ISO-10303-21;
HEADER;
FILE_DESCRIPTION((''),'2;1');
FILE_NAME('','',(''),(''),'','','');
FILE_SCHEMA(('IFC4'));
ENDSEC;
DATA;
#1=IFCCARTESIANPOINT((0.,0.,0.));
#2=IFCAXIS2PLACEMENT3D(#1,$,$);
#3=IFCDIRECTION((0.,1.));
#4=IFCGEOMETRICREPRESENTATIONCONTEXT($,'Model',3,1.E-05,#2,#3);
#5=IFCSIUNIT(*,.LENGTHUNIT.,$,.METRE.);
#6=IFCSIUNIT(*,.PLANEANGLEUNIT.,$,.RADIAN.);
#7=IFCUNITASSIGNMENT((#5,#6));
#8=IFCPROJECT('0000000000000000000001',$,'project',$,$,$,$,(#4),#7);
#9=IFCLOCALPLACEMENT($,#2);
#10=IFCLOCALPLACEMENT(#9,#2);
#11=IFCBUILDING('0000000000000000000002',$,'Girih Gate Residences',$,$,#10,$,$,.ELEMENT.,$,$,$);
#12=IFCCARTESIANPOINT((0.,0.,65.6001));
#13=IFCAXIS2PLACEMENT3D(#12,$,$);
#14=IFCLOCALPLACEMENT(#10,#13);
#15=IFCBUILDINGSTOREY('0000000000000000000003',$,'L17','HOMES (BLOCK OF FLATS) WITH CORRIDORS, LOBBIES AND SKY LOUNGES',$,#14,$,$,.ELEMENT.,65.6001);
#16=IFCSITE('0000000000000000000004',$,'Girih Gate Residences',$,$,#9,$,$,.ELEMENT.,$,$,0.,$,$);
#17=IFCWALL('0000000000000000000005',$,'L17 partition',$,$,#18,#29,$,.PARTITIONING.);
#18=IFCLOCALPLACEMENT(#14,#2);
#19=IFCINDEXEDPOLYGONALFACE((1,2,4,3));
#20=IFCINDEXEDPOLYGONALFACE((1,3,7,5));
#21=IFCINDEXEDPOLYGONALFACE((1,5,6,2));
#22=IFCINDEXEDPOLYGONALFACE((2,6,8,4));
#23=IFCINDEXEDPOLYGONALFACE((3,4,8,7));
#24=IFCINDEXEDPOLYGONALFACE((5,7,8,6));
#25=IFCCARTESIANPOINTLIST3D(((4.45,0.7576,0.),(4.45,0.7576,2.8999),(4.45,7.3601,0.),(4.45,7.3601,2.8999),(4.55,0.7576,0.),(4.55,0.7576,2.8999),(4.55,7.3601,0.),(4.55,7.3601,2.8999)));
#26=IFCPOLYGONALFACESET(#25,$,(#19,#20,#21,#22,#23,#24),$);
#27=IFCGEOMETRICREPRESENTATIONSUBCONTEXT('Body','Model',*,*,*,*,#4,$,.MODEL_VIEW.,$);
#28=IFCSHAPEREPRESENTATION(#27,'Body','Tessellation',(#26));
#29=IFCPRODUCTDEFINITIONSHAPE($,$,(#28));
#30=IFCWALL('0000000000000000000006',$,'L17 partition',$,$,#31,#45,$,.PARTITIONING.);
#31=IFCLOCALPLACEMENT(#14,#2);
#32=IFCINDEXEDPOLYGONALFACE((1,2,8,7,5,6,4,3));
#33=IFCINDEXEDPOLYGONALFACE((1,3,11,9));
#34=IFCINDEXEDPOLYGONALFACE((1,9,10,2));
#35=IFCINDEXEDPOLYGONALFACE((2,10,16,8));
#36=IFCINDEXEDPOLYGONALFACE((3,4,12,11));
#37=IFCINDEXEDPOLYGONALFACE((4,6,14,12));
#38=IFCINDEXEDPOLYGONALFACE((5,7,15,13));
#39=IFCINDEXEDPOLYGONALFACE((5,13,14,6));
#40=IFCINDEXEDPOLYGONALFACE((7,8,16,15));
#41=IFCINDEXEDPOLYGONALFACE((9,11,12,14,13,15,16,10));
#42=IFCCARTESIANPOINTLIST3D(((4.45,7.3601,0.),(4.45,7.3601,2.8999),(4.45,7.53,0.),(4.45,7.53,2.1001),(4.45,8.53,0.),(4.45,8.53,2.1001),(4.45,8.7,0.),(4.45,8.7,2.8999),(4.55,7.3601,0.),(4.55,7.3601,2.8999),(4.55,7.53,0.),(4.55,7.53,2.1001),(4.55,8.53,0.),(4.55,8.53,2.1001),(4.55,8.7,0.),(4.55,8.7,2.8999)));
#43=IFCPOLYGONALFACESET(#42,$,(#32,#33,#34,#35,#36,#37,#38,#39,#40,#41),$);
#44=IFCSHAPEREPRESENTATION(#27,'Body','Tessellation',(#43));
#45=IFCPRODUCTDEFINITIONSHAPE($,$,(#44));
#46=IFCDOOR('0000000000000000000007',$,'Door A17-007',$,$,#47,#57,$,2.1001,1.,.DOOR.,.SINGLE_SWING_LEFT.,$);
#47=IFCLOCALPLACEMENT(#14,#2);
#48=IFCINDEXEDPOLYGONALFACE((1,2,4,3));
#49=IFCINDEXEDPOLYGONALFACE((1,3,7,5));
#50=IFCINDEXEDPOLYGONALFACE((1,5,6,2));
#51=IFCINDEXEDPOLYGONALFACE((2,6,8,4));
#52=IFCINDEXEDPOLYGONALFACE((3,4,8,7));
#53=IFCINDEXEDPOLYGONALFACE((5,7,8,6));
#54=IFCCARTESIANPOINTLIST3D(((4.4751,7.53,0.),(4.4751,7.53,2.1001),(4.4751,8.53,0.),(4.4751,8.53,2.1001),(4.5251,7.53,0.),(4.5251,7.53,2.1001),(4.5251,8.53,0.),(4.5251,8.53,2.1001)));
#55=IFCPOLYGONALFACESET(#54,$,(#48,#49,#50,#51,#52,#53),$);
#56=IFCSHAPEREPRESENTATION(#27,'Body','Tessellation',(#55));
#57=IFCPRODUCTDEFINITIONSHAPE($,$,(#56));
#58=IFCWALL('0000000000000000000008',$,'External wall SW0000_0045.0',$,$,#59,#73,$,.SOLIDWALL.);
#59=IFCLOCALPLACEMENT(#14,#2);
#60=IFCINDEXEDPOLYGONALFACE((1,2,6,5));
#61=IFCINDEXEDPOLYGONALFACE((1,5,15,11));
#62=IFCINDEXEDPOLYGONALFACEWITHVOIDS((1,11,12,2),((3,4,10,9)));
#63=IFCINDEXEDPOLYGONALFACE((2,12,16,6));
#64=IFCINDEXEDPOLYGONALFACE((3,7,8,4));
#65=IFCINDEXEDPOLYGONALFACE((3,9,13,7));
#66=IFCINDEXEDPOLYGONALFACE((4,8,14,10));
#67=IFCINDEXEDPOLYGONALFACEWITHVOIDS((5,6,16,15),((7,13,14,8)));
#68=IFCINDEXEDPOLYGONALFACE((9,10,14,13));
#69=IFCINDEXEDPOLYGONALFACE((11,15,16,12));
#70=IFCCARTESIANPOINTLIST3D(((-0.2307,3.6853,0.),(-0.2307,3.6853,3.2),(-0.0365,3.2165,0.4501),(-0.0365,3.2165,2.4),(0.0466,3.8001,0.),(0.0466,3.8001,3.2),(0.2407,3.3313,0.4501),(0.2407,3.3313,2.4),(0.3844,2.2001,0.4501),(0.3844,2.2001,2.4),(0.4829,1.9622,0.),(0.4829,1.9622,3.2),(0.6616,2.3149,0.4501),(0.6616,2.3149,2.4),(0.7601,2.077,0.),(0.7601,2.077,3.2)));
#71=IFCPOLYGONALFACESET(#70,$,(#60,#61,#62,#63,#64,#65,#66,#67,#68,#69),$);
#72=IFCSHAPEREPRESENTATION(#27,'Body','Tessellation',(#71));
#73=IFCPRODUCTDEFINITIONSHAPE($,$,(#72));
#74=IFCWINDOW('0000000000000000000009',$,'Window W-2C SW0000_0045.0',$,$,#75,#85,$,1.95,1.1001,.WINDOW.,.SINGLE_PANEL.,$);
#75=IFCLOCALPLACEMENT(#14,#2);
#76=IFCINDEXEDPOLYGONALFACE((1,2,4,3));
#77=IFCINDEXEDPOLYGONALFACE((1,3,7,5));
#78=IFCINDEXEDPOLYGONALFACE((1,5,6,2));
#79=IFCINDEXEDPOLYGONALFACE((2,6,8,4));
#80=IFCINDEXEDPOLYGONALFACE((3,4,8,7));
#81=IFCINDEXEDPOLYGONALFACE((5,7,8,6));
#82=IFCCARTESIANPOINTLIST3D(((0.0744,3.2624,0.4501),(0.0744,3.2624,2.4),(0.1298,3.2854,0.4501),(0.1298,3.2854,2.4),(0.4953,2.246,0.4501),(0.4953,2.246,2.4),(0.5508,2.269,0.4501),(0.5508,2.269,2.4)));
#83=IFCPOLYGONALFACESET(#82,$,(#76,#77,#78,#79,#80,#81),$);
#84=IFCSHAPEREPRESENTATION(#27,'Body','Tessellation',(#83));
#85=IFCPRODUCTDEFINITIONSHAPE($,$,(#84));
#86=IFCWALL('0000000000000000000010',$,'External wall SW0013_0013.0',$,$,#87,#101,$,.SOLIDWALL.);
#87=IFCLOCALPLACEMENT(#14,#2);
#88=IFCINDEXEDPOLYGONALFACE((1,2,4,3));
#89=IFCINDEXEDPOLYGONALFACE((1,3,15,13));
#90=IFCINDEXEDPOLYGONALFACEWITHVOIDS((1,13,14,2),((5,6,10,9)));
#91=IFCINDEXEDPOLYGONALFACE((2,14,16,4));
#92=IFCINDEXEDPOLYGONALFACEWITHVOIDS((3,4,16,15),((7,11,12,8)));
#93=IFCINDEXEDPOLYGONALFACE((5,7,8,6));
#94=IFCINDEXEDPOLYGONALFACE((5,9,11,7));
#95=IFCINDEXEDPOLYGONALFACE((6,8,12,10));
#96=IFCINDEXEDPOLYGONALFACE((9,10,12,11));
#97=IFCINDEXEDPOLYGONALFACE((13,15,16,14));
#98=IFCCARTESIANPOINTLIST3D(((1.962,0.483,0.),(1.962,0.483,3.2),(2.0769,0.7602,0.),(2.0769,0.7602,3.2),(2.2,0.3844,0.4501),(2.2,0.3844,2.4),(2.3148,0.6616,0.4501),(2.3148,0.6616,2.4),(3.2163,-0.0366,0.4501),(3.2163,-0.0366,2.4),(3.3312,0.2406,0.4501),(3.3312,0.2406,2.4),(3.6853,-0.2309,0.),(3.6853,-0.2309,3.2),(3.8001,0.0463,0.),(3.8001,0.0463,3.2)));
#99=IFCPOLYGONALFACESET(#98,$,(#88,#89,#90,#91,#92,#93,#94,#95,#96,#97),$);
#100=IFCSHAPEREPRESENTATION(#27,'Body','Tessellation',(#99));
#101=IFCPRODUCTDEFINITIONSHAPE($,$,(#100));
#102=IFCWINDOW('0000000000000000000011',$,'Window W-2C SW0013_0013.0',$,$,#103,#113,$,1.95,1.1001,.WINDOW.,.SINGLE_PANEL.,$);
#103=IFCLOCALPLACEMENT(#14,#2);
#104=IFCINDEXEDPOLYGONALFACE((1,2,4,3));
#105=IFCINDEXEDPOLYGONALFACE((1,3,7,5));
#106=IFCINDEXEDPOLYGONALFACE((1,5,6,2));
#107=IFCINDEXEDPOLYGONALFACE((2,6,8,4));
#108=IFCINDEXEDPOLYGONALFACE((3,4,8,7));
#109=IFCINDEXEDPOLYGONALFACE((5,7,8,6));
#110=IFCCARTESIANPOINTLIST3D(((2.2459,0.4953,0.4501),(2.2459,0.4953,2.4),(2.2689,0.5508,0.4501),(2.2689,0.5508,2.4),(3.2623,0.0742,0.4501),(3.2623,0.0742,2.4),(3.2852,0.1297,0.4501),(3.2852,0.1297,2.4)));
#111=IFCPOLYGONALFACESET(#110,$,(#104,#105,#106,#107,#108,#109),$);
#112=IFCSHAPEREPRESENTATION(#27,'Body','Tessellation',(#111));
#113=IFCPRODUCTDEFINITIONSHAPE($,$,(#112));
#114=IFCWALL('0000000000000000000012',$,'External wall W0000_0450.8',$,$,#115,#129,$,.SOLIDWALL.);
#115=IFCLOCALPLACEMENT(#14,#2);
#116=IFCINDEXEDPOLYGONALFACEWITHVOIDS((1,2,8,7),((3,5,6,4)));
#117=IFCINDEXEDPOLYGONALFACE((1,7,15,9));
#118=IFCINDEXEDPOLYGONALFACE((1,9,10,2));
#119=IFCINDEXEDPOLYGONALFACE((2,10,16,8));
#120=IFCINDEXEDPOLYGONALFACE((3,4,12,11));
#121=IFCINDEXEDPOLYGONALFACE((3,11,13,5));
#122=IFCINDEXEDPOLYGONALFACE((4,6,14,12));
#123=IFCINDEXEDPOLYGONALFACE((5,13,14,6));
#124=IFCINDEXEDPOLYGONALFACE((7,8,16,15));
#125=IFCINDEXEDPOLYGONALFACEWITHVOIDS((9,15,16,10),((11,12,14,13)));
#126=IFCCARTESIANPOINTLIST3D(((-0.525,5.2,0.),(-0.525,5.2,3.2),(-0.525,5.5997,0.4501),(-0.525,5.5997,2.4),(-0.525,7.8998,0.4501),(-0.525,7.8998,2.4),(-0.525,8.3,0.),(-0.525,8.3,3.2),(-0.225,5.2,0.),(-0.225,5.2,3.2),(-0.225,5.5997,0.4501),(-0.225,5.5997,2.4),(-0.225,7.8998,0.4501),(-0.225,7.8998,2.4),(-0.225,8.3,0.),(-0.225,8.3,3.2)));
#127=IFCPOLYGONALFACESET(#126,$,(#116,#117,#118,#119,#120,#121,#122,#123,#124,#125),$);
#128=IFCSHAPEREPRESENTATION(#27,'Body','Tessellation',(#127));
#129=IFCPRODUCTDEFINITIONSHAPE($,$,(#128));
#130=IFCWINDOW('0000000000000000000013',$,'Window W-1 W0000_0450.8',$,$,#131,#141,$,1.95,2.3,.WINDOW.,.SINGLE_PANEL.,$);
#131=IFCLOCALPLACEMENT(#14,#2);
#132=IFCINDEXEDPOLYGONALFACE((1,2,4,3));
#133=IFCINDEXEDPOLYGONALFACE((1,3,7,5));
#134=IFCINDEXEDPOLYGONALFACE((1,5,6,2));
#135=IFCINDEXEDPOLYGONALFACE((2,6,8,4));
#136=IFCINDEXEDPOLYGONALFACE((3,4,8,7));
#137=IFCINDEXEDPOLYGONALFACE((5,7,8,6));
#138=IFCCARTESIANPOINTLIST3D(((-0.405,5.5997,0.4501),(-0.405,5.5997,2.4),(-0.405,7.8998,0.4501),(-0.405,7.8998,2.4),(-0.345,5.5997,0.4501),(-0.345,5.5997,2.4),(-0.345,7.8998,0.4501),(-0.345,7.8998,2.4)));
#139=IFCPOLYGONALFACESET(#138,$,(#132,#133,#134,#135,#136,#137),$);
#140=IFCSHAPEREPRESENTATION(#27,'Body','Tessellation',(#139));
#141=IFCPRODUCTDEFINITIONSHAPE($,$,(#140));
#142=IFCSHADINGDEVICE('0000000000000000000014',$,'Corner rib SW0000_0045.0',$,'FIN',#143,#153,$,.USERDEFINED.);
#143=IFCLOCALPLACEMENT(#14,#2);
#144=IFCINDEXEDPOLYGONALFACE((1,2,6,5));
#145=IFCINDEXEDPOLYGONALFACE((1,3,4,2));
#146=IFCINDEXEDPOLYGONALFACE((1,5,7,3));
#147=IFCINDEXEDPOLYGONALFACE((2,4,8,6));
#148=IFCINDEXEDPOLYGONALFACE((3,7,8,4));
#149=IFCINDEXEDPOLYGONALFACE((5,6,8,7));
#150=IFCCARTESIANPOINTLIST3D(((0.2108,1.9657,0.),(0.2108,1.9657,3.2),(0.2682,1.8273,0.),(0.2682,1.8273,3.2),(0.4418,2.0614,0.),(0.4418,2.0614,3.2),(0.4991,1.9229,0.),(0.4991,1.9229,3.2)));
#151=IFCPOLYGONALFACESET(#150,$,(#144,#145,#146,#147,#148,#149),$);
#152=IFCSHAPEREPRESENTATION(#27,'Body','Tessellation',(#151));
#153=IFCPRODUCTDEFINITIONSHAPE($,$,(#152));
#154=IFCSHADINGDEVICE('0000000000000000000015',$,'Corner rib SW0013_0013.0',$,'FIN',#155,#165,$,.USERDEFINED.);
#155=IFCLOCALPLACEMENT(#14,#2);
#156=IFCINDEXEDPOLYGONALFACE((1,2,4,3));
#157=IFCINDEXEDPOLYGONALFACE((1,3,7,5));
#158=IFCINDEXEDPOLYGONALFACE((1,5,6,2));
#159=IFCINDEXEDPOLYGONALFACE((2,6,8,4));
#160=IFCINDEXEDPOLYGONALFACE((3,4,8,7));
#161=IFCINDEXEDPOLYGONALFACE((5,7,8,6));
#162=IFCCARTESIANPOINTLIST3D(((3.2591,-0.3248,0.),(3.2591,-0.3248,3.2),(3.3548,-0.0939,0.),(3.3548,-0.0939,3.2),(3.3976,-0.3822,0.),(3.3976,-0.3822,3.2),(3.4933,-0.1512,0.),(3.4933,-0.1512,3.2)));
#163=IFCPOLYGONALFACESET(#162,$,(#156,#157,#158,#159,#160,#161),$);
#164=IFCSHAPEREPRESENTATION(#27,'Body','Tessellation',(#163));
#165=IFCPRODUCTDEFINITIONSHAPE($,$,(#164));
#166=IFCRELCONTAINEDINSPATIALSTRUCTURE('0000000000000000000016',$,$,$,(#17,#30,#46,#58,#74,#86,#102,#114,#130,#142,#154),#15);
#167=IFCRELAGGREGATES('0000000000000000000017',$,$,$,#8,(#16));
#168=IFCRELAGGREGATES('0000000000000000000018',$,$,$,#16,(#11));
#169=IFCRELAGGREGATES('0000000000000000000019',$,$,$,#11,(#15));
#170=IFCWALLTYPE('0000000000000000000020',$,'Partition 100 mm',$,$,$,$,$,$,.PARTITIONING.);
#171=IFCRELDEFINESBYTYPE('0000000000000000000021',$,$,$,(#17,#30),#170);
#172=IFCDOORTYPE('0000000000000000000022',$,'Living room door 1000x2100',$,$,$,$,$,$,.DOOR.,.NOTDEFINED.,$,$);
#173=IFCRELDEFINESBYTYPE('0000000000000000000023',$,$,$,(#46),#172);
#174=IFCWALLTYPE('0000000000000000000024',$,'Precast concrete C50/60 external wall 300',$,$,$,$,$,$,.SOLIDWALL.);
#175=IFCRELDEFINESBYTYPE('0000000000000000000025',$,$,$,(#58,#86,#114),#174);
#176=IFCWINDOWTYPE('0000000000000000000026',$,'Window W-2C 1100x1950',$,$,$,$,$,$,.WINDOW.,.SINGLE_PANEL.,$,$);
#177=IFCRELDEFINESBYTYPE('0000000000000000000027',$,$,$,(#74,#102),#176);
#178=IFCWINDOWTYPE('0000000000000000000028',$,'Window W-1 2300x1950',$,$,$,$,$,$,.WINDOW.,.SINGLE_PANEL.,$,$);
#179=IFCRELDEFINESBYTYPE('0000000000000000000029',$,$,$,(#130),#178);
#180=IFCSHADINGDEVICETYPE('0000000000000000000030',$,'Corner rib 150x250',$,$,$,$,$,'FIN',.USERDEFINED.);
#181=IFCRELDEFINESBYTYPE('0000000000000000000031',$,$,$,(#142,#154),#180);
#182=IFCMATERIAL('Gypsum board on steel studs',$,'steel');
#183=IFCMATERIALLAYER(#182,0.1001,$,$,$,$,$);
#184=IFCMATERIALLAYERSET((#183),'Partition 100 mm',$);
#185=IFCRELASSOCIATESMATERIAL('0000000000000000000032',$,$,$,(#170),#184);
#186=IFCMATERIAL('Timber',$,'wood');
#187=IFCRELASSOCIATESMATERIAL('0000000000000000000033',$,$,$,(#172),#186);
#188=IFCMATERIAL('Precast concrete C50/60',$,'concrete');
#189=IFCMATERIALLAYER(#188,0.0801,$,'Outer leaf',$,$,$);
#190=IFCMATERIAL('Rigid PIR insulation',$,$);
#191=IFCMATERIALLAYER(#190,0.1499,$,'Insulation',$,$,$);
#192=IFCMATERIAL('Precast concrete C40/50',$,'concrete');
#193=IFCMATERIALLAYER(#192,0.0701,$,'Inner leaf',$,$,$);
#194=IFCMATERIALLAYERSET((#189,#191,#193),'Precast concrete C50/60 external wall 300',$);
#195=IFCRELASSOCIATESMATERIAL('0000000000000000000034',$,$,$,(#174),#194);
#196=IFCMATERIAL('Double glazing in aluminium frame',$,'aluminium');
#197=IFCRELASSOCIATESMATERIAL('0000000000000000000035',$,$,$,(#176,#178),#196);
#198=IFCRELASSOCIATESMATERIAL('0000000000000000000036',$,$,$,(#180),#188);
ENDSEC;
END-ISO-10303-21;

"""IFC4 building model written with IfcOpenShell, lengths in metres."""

from ifc_helpers import new_model, si_unit, direction, frame, frame_2d, origin, origin_2d, place, context, subcontext, project, spatial, rectangle, extrude, material, layer, layer_set, type_object, element, fill, save


model = new_model("IFC4")

# Units and contexts
model_context = context("Model", 3, precision=1e-05, world=origin(), true_north=direction((0.0, 1.0)))
body_context = subcontext(model_context, "Body", "Model", "MODEL_VIEW")
ifc_project = project(units=[si_unit("LENGTHUNIT", "METRE"), si_unit("PLANEANGLEUNIT", "RADIAN")], contexts=[model_context])

# Site, building, storey
site_placement = place(None, origin())
site = spatial("IfcSite", under=ifc_project, at=site_placement, Name="Girih Gate Residences", CompositionType="ELEMENT", RefElevation=0.0)
building_placement = place(site_placement, origin())
building = spatial("IfcBuilding", under=site, at=building_placement, Name="Girih Gate Residences", CompositionType="ELEMENT")
storey_placement = place(building_placement, frame((0.0, 0.0, 65.6001)))
storey = spatial("IfcBuildingStorey", under=building, at=storey_placement, Name="L17", Description="HOMES (BLOCK OF FLATS) WITH CORRIDORS, LOBBIES AND SKY LOUNGES", CompositionType="ELEMENT", Elevation=65.6001)

# Wall
ifc_material_1 = material(Name="Gypsum board on steel studs", Category="steel")
ifc_layer_1 = layer(ifc_material_1, 0.1001)
ifc_layer_set_1 = layer_set([ifc_layer_1], Name="Partition 100 mm")
wall_type_1 = type_object("IfcWallType", Name="Partition 100 mm", PredefinedType="PARTITIONING", material=ifc_layer_set_1)
wall_1_placement = place(storey_placement, frame((4.5, 0.7576, 0.0), z_axis=(0.0, 0.0, 1.0), x_axis=(0.0, 1.0, 0.0)))
element("IfcWall", 1, at=wall_1_placement, inside=storey, type_object=wall_type_1, Name="L17 partition", PredefinedType="PARTITIONING", context=body_context, shape_type="SweptSolid", body=[
    extrude(rectangle(XDim=6.6025, YDim=0.1001, at=frame_2d((3.3013, 0.0))), origin(), (0.0, 0.0, 1.0), 2.8999),
])

# Wall, opening, door
wall_2_placement = place(storey_placement, frame((4.5, 7.3601, 0.0), z_axis=(0.0, 0.0, 1.0), x_axis=(0.0, 1.0, 0.0)))
wall_2 = element("IfcWall", 2, at=wall_2_placement, inside=storey, type_object=wall_type_1, Name="L17 partition", PredefinedType="PARTITIONING", context=body_context, shape_type="SweptSolid", body=[
    extrude(rectangle(XDim=1.3398, YDim=0.1001, at=frame_2d((0.6699, 0.0))), origin(), (0.0, 0.0, 1.0), 2.8999),
])
opening_1_placement = place(wall_2_placement, frame((0.1699, 0.0, 0.0)))
opening_1 = element("IfcOpeningElement", 3, at=opening_1_placement, cuts=wall_2, PredefinedType="OPENING", context=body_context, shape_type="SweptSolid", body=[
    extrude(rectangle(XDim=1.0, YDim=2.1001, at=frame_2d((0.5, 1.05))), frame((0.0, 0.0601, 0.0), z_axis=(0.0, -1.0, 0.0), x_axis=(1.0, 0.0, 0.0)), (0.0, 0.0, 1.0), 0.1201),
])
ifc_material_2 = material(Name="Timber", Category="wood")
door_type = type_object("IfcDoorType", Name="Living room door 1000x2100", OperationType="NOTDEFINED", PredefinedType="DOOR", material=ifc_material_2)
door_placement = place(opening_1_placement, origin())
door = element("IfcDoor", 4, at=door_placement, inside=storey, type_object=door_type, Name="Door A17-007", OperationType="SINGLE_SWING_LEFT", OverallHeight=2.1001, OverallWidth=1.0, PredefinedType="DOOR", context=body_context, shape_type="SweptSolid", body=[
    extrude(rectangle(XDim=1.0, YDim=2.1001, at=frame_2d((0.5, 1.05))), frame((0.0, 0.0249, 0.0), z_axis=(0.0, -1.0, 0.0), x_axis=(1.0, 0.0, 0.0)), (0.0, 0.0, 1.0), 0.05),
])
fill(opening_1, door)

# Walls, openings, windows
ifc_material_3 = material(Name="Precast concrete C50/60", Category="concrete")
ifc_layer_2 = layer(ifc_material_3, 0.0801, Name="Outer leaf")
ifc_material_4 = material(Name="Rigid PIR insulation")
ifc_layer_3 = layer(ifc_material_4, 0.1499, Name="Insulation")
ifc_material_5 = material(Name="Precast concrete C40/50", Category="concrete")
ifc_layer_4 = layer(ifc_material_5, 0.0701, Name="Inner leaf")
ifc_layer_set_2 = layer_set([ifc_layer_2, ifc_layer_3, ifc_layer_4], Name="Precast concrete C50/60 external wall 300")
wall_type_2 = type_object("IfcWallType", Name="Precast concrete C50/60 external wall 300", PredefinedType="SOLIDWALL", material=ifc_layer_set_2)
wall_3_placement = place(storey_placement, frame((0.6216, 2.0195, 0.0), z_axis=(0.0, 0.0, 1.0), x_axis=(-0.382625, 0.923904, 0.0)))
wall_3 = element("IfcWall", 5, at=wall_3_placement, inside=storey, type_object=wall_type_2, Name="External wall SW0000_0045.0", PredefinedType="SOLIDWALL", context=body_context, shape_type="SweptSolid", body=[
    extrude(rectangle(XDim=1.865, YDim=0.3, at=frame_2d((0.9326, 0.0))), origin(), (0.0, 0.0, 1.0), 3.2),
])
opening_2_placement = place(wall_3_placement, frame((0.2576, 0.0, 0.45)))
opening_2 = element("IfcOpeningElement", 6, at=opening_2_placement, cuts=wall_3, PredefinedType="OPENING", context=body_context, shape_type="SweptSolid", body=[
    extrude(rectangle(XDim=1.1001, YDim=1.95, at=frame_2d((0.55, 0.9751))), frame((0.0, 0.1599, 0.0), z_axis=(0.0, -1.0, 0.0), x_axis=(1.0, 0.0, 0.0)), (0.0, 0.0, 1.0), 0.3201),
])
ifc_material_6 = material(Name="Double glazing in aluminium frame", Category="aluminium")
window_type_1 = type_object("IfcWindowType", Name="Window W-2C 1100x1950", PartitioningType="SINGLE_PANEL", PredefinedType="WINDOW", material=ifc_material_6)
window_1_placement = place(opening_2_placement, origin())
window_1 = element("IfcWindow", 7, at=window_1_placement, inside=storey, type_object=window_type_1, Name="Window W-2C SW0000_0045.0", OverallHeight=1.95, OverallWidth=1.1001, PartitioningType="SINGLE_PANEL", PredefinedType="WINDOW", context=body_context, shape_type="SweptSolid", body=[
    extrude(rectangle(XDim=1.1001, YDim=1.95, at=frame_2d((0.55, 0.9751))), frame((0.0, 0.03, 0.0), z_axis=(0.0, -1.0, 0.0), x_axis=(1.0, 0.0, 0.0)), (0.0, 0.0, 1.0), 0.0601),
])
fill(opening_2, window_1)
wall_4_placement = place(storey_placement, frame((3.7427, -0.0923, 0.0), z_axis=(0.0, 0.0, 1.0), x_axis=(-0.923857, 0.382737, 0.0)))
wall_4 = element("IfcWall", 8, at=wall_4_placement, inside=storey, type_object=wall_type_2, Name="External wall SW0013_0013.0", PredefinedType="SOLIDWALL", context=body_context, shape_type="SweptSolid", body=[
    extrude(rectangle(XDim=1.8652, YDim=0.3, at=frame_2d((0.9326, 0.0))), origin(), (0.0, 0.0, 1.0), 3.2),
])
opening_3_placement = place(wall_4_placement, frame((0.5076, 0.0, 0.45)))
opening_3 = element("IfcOpeningElement", 9, at=opening_3_placement, cuts=wall_4, PredefinedType="OPENING", context=body_context, shape_type="SweptSolid", body=[
    extrude(rectangle(XDim=1.1001, YDim=1.95, at=frame_2d((0.55, 0.9751))), frame((0.0, 0.1599, 0.0), z_axis=(0.0, -1.0, 0.0), x_axis=(1.0, 0.0, 0.0)), (0.0, 0.0, 1.0), 0.3201),
])
window_2_placement = place(opening_3_placement, origin())
window_2 = element("IfcWindow", 10, at=window_2_placement, inside=storey, type_object=window_type_1, Name="Window W-2C SW0013_0013.0", OverallHeight=1.95, OverallWidth=1.1001, PartitioningType="SINGLE_PANEL", PredefinedType="WINDOW", context=body_context, shape_type="SweptSolid", body=[
    extrude(rectangle(XDim=1.1001, YDim=1.95, at=frame_2d((0.55, 0.9751))), frame((0.0, 0.03, 0.0), z_axis=(0.0, -1.0, 0.0), x_axis=(1.0, 0.0, 0.0)), (0.0, 0.0, 1.0), 0.0601),
])
fill(opening_3, window_2)
wall_5_placement = place(storey_placement, frame((-0.375, 5.2, 0.0), z_axis=(0.0, 0.0, 1.0), x_axis=(0.0, 1.0, 0.0)))
wall_5 = element("IfcWall", 11, at=wall_5_placement, inside=storey, type_object=wall_type_2, Name="External wall W0000_0450.8", PredefinedType="SOLIDWALL", context=body_context, shape_type="SweptSolid", body=[
    extrude(rectangle(XDim=3.1001, YDim=0.3, at=frame_2d((1.55, 0.0))), origin(), (0.0, 0.0, 1.0), 3.2),
])
opening_4_placement = place(wall_5_placement, frame((0.3999, 0.0, 0.45)))
opening_4 = element("IfcOpeningElement", 12, at=opening_4_placement, cuts=wall_5, PredefinedType="OPENING", context=body_context, shape_type="SweptSolid", body=[
    extrude(rectangle(XDim=2.3, YDim=1.95, at=frame_2d((1.1499, 0.9751))), frame((0.0, 0.1599, 0.0), z_axis=(0.0, -1.0, 0.0), x_axis=(1.0, 0.0, 0.0)), (0.0, 0.0, 1.0), 0.3201),
])
window_type_2 = type_object("IfcWindowType", Name="Window W-1 2300x1950", PartitioningType="SINGLE_PANEL", PredefinedType="WINDOW", material=ifc_material_6)
window_3_placement = place(opening_4_placement, origin())
window_3 = element("IfcWindow", 13, at=window_3_placement, inside=storey, type_object=window_type_2, Name="Window W-1 W0000_0450.8", OverallHeight=1.95, OverallWidth=2.3, PartitioningType="SINGLE_PANEL", PredefinedType="WINDOW", context=body_context, shape_type="SweptSolid", body=[
    extrude(rectangle(XDim=2.3, YDim=1.95, at=frame_2d((1.1499, 0.9751))), frame((0.0, 0.03, 0.0), z_axis=(0.0, -1.0, 0.0), x_axis=(1.0, 0.0, 0.0)), (0.0, 0.0, 1.0), 0.0601),
])
fill(opening_4, window_3)

# Shading devices
shading_device_type = type_object("IfcShadingDeviceType", Name="Corner rib 150x250", ElementType="FIN", PredefinedType="USERDEFINED", material=ifc_material_3)
for number, where, z_axis, x_axis, name in (
    (14, (0.355, 1.9443, 0.0), (0.0, 0.0, 1.0), (0.382683, -0.92388, 0.0), "Corner rib SW0000_0045.0"),
    (15, (3.3762, -0.238, 0.0), (0.0, 0.0, 1.0), (0.92388, -0.382683, 0.0), "Corner rib SW0013_0013.0"),
):
    element("IfcShadingDevice", number, at=place(storey_placement, frame(where, z_axis=z_axis, x_axis=x_axis)), inside=storey, type_object=shading_device_type, Name=name, ObjectType="FIN", PredefinedType="USERDEFINED", context=body_context, shape_type="SweptSolid", body=[
        extrude(rectangle(XDim=0.1499, YDim=0.25, at=origin_2d()), origin(), (0.0, 0.0, 1.0), 3.2),
    ])

save(model, "model.ifc")
